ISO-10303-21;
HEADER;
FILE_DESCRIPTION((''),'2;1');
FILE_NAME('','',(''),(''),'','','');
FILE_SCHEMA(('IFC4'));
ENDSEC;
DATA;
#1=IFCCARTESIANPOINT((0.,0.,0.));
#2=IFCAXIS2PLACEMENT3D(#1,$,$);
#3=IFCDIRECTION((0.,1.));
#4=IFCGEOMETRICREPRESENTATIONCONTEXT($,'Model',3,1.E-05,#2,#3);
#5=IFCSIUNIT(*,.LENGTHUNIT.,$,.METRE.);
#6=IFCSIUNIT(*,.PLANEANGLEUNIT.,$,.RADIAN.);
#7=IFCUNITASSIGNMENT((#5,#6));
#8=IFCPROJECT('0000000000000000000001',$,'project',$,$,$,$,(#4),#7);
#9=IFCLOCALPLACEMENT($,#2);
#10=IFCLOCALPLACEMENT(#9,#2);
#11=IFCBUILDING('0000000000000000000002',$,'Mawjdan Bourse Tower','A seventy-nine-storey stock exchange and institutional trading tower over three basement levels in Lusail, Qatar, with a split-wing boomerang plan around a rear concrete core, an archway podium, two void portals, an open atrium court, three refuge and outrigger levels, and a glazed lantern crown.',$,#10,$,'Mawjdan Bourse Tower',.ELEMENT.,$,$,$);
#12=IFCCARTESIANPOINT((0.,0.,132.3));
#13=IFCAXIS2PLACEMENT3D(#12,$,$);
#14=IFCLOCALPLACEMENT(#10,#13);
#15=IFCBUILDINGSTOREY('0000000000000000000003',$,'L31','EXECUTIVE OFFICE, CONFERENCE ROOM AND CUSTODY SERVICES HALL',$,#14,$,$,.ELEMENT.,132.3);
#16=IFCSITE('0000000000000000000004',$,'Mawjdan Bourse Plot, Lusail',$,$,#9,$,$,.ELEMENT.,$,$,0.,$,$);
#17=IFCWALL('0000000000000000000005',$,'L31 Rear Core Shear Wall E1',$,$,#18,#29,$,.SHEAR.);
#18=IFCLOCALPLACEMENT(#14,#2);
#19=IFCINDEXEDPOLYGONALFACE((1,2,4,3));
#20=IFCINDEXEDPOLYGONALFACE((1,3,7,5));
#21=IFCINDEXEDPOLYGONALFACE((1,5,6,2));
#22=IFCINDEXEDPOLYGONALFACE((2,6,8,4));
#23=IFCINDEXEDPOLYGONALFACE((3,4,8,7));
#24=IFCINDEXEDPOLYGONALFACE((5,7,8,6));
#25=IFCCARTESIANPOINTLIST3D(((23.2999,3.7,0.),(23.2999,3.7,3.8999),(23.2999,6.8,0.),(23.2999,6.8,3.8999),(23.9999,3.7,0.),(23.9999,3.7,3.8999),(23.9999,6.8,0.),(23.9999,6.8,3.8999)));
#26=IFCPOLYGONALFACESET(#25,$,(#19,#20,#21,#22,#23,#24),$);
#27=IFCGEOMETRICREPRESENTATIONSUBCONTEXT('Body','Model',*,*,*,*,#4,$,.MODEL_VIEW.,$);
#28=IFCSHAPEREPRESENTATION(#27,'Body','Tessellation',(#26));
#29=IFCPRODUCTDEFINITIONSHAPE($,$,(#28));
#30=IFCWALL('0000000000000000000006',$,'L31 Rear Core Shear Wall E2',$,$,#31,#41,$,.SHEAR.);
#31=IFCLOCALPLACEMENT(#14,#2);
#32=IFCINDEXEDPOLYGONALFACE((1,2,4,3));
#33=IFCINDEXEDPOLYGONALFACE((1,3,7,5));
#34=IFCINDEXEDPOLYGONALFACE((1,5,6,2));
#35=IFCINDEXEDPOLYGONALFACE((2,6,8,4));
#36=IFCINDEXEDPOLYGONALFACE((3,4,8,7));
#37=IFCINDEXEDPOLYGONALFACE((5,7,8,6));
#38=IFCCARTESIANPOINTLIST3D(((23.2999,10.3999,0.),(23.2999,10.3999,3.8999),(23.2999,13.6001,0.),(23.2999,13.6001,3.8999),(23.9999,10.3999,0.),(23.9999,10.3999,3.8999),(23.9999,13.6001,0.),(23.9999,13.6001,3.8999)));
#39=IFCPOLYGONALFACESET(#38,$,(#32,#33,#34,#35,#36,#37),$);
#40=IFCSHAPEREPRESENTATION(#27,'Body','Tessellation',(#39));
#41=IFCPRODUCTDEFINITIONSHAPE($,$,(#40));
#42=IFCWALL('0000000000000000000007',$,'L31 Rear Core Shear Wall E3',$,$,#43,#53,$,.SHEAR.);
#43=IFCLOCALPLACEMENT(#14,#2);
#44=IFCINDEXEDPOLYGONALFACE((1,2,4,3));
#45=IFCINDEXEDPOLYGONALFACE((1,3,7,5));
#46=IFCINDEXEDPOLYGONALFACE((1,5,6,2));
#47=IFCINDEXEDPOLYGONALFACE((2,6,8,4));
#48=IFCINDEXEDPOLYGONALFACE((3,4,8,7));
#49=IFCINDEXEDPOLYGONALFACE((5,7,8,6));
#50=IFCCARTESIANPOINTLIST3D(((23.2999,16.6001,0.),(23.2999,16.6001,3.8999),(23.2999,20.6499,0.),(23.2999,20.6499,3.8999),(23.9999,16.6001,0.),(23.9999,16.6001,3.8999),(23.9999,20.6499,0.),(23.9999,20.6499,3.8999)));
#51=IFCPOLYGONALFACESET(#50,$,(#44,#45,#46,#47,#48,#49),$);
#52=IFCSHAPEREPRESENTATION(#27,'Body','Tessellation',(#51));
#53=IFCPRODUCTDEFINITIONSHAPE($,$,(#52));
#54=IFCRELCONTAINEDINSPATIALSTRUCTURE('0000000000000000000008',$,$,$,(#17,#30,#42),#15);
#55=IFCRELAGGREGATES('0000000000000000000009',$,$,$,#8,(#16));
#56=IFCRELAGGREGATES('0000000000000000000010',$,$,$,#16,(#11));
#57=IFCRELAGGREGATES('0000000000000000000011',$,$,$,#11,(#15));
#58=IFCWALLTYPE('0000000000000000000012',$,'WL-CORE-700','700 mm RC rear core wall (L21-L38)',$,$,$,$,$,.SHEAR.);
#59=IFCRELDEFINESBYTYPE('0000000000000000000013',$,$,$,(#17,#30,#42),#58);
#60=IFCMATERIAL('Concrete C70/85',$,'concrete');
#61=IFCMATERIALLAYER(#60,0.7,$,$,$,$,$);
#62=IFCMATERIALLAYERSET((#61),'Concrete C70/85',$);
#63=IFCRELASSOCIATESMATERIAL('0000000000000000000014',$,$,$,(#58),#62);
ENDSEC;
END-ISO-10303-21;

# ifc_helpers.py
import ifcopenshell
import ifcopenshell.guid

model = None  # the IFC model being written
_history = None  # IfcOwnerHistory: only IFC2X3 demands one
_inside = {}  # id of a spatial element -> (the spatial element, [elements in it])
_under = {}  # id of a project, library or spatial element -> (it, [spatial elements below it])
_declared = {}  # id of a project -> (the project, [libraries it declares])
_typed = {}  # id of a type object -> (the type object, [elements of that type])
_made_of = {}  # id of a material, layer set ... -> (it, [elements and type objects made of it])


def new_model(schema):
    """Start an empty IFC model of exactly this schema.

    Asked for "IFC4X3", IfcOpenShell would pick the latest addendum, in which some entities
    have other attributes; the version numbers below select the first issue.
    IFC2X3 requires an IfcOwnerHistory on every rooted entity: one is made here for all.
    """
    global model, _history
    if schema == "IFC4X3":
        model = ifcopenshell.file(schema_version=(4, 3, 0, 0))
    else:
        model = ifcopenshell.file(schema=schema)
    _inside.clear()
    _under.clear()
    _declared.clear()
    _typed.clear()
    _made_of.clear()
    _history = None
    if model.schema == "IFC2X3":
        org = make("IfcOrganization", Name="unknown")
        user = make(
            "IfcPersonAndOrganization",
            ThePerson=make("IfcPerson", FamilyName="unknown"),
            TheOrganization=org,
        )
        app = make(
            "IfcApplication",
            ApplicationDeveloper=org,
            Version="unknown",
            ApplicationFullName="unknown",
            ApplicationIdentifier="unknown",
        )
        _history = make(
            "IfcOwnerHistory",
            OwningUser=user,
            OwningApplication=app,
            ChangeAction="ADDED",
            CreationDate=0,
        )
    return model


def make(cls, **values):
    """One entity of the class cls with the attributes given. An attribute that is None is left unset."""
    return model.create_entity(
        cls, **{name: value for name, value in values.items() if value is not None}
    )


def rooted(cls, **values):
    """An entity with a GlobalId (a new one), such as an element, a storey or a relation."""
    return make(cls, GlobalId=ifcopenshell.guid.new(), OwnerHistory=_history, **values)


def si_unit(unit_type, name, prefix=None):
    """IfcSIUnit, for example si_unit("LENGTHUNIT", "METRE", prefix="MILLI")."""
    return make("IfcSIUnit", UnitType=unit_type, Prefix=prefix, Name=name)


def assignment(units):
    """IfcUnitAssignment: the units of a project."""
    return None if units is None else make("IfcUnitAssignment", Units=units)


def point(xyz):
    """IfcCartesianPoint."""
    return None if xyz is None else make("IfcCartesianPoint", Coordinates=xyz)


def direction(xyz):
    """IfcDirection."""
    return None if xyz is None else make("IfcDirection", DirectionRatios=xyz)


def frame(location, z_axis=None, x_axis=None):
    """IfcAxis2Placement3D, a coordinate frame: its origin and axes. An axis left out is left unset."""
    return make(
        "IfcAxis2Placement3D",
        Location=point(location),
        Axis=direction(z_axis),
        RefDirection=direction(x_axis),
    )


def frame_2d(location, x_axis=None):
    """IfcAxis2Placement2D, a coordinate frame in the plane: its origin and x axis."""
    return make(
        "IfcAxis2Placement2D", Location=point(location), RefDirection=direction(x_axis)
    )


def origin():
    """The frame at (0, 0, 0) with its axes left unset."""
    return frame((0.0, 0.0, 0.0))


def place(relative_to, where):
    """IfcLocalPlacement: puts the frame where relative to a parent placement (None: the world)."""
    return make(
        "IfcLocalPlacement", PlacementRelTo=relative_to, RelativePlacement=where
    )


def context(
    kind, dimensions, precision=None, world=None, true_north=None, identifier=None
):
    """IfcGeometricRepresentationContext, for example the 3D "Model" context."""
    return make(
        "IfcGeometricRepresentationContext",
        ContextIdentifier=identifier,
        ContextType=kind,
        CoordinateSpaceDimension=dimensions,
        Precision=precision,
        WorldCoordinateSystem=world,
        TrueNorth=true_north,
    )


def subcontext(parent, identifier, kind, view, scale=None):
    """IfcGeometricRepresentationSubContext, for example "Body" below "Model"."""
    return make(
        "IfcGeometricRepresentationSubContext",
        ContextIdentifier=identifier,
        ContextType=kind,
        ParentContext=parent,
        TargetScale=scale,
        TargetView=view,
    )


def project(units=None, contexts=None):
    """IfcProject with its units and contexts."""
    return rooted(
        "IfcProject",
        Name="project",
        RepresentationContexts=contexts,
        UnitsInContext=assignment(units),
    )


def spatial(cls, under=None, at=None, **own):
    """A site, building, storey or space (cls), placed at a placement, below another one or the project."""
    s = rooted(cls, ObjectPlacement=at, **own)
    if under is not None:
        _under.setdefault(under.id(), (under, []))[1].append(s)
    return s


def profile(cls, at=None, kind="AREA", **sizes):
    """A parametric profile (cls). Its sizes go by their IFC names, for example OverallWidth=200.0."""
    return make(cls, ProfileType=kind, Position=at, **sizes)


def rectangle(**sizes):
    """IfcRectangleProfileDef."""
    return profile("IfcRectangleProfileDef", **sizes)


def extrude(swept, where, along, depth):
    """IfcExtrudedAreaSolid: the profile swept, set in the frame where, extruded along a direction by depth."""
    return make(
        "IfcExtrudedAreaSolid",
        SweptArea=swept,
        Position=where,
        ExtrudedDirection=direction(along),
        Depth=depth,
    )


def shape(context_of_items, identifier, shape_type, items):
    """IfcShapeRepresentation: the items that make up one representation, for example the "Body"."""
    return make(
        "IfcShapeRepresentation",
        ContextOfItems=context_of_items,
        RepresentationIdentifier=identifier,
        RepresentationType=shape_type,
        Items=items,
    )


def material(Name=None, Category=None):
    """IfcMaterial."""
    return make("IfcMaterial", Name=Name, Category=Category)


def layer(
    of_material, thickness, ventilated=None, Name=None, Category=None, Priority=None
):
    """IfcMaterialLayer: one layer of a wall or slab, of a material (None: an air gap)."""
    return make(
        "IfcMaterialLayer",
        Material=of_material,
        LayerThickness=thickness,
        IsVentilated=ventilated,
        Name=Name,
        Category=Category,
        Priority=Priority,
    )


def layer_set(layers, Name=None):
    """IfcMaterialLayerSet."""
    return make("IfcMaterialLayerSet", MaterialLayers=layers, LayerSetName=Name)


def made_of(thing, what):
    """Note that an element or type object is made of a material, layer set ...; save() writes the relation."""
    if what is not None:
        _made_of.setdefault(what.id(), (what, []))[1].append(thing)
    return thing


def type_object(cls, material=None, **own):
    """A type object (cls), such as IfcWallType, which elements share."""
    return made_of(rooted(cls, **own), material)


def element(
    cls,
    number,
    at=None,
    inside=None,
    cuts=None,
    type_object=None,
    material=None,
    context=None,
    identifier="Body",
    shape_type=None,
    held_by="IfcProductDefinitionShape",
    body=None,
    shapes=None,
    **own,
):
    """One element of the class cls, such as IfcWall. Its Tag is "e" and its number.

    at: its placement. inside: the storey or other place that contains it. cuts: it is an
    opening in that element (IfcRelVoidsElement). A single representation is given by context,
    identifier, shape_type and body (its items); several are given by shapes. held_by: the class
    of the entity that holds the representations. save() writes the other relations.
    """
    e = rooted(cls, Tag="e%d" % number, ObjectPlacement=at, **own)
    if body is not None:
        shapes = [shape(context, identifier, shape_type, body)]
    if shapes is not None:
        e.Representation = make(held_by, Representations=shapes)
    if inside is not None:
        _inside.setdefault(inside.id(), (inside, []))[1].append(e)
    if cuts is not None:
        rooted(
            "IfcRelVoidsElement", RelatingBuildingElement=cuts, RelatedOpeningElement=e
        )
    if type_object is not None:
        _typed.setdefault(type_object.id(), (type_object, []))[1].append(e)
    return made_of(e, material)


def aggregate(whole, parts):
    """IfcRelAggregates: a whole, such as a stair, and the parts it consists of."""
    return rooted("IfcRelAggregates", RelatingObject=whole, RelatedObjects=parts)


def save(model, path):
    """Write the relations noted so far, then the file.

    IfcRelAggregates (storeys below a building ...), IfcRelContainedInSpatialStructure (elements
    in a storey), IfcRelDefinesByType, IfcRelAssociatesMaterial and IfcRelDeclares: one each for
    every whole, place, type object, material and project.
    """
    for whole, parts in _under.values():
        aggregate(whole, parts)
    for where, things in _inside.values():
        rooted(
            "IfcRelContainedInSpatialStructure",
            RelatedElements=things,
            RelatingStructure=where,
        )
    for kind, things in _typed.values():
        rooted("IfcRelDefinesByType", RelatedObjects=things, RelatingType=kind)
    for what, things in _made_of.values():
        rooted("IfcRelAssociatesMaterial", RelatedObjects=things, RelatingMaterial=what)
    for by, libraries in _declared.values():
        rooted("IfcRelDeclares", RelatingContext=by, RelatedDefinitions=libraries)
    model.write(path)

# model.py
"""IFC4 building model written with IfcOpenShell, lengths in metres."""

from ifc_helpers import new_model, si_unit, direction, frame, frame_2d, origin, place, context, subcontext, project, spatial, rectangle, extrude, material, layer, layer_set, type_object, element, save


model = new_model("IFC4")

# Units and contexts
model_context = context("Model", 3, precision=1e-05, world=origin(), true_north=direction((0.0, 1.0)))
body_context = subcontext(model_context, "Body", "Model", "MODEL_VIEW")
ifc_project = project(units=[si_unit("LENGTHUNIT", "METRE"), si_unit("PLANEANGLEUNIT", "RADIAN")], contexts=[model_context])

# Site, building, storey
site_placement = place(None, origin())
site = spatial("IfcSite", under=ifc_project, at=site_placement, Name="Mawjdan Bourse Plot, Lusail", CompositionType="ELEMENT", RefElevation=0.0)
building_placement = place(site_placement, origin())
building = spatial("IfcBuilding", under=site, at=building_placement, Name="Mawjdan Bourse Tower", Description="A seventy-nine-storey stock exchange and institutional trading tower over three basement levels in Lusail, Qatar, with a split-wing boomerang plan around a rear concrete core, an archway podium, two void portals, an open atrium court, three refuge and outrigger levels, and a glazed lantern crown.", LongName="Mawjdan Bourse Tower", CompositionType="ELEMENT")
storey_placement = place(building_placement, frame((0.0, 0.0, 132.3)))
storey = spatial("IfcBuildingStorey", under=building, at=storey_placement, Name="L31", Description="EXECUTIVE OFFICE, CONFERENCE ROOM AND CUSTODY SERVICES HALL", CompositionType="ELEMENT", Elevation=132.3)

# Shared definitions
ifc_material_1 = material(Name="Concrete C70/85", Category="concrete")

# Walls
ifc_layer_1 = layer(ifc_material_1, 0.7)
ifc_layer_set_1 = layer_set([ifc_layer_1], Name="Concrete C70/85")
wall_type_1 = type_object("IfcWallType", Name="WL-CORE-700", Description="700 mm RC rear core wall (L21-L38)", PredefinedType="SHEAR", material=ifc_layer_set_1)
wall_1_placement = place(storey_placement, frame((23.6499, 3.7, 0.0), z_axis=(0.0, 0.0, 1.0), x_axis=(0.0, 1.0, 0.0)))
element("IfcWall", 1, at=wall_1_placement, inside=storey, type_object=wall_type_1, Name="L31 Rear Core Shear Wall E1", PredefinedType="SHEAR", context=body_context, shape_type="SweptSolid", body=[
    extrude(rectangle(XDim=3.1001, YDim=0.7, at=frame_2d((1.55, 0.0))), origin(), (0.0, 0.0, 1.0), 3.8999),
])
wall_2_placement = place(storey_placement, frame((23.6499, 10.3999, 0.0), z_axis=(0.0, 0.0, 1.0), x_axis=(0.0, 1.0, 0.0)))
element("IfcWall", 2, at=wall_2_placement, inside=storey, type_object=wall_type_1, Name="L31 Rear Core Shear Wall E2", PredefinedType="SHEAR", context=body_context, shape_type="SweptSolid", body=[
    extrude(rectangle(XDim=3.2002, YDim=0.7, at=frame_2d((1.6001, 0.0))), origin(), (0.0, 0.0, 1.0), 3.8999),
])
wall_3_placement = place(storey_placement, frame((23.6499, 16.6001, 0.0), z_axis=(0.0, 0.0, 1.0), x_axis=(0.0, 1.0, 0.0)))
element("IfcWall", 3, at=wall_3_placement, inside=storey, type_object=wall_type_1, Name="L31 Rear Core Shear Wall E3", PredefinedType="SHEAR", context=body_context, shape_type="SweptSolid", body=[
    extrude(rectangle(XDim=4.0498, YDim=0.7, at=frame_2d((2.0249, 0.0))), origin(), (0.0, 0.0, 1.0), 3.8999),
])

save(model, "model.ifc")
